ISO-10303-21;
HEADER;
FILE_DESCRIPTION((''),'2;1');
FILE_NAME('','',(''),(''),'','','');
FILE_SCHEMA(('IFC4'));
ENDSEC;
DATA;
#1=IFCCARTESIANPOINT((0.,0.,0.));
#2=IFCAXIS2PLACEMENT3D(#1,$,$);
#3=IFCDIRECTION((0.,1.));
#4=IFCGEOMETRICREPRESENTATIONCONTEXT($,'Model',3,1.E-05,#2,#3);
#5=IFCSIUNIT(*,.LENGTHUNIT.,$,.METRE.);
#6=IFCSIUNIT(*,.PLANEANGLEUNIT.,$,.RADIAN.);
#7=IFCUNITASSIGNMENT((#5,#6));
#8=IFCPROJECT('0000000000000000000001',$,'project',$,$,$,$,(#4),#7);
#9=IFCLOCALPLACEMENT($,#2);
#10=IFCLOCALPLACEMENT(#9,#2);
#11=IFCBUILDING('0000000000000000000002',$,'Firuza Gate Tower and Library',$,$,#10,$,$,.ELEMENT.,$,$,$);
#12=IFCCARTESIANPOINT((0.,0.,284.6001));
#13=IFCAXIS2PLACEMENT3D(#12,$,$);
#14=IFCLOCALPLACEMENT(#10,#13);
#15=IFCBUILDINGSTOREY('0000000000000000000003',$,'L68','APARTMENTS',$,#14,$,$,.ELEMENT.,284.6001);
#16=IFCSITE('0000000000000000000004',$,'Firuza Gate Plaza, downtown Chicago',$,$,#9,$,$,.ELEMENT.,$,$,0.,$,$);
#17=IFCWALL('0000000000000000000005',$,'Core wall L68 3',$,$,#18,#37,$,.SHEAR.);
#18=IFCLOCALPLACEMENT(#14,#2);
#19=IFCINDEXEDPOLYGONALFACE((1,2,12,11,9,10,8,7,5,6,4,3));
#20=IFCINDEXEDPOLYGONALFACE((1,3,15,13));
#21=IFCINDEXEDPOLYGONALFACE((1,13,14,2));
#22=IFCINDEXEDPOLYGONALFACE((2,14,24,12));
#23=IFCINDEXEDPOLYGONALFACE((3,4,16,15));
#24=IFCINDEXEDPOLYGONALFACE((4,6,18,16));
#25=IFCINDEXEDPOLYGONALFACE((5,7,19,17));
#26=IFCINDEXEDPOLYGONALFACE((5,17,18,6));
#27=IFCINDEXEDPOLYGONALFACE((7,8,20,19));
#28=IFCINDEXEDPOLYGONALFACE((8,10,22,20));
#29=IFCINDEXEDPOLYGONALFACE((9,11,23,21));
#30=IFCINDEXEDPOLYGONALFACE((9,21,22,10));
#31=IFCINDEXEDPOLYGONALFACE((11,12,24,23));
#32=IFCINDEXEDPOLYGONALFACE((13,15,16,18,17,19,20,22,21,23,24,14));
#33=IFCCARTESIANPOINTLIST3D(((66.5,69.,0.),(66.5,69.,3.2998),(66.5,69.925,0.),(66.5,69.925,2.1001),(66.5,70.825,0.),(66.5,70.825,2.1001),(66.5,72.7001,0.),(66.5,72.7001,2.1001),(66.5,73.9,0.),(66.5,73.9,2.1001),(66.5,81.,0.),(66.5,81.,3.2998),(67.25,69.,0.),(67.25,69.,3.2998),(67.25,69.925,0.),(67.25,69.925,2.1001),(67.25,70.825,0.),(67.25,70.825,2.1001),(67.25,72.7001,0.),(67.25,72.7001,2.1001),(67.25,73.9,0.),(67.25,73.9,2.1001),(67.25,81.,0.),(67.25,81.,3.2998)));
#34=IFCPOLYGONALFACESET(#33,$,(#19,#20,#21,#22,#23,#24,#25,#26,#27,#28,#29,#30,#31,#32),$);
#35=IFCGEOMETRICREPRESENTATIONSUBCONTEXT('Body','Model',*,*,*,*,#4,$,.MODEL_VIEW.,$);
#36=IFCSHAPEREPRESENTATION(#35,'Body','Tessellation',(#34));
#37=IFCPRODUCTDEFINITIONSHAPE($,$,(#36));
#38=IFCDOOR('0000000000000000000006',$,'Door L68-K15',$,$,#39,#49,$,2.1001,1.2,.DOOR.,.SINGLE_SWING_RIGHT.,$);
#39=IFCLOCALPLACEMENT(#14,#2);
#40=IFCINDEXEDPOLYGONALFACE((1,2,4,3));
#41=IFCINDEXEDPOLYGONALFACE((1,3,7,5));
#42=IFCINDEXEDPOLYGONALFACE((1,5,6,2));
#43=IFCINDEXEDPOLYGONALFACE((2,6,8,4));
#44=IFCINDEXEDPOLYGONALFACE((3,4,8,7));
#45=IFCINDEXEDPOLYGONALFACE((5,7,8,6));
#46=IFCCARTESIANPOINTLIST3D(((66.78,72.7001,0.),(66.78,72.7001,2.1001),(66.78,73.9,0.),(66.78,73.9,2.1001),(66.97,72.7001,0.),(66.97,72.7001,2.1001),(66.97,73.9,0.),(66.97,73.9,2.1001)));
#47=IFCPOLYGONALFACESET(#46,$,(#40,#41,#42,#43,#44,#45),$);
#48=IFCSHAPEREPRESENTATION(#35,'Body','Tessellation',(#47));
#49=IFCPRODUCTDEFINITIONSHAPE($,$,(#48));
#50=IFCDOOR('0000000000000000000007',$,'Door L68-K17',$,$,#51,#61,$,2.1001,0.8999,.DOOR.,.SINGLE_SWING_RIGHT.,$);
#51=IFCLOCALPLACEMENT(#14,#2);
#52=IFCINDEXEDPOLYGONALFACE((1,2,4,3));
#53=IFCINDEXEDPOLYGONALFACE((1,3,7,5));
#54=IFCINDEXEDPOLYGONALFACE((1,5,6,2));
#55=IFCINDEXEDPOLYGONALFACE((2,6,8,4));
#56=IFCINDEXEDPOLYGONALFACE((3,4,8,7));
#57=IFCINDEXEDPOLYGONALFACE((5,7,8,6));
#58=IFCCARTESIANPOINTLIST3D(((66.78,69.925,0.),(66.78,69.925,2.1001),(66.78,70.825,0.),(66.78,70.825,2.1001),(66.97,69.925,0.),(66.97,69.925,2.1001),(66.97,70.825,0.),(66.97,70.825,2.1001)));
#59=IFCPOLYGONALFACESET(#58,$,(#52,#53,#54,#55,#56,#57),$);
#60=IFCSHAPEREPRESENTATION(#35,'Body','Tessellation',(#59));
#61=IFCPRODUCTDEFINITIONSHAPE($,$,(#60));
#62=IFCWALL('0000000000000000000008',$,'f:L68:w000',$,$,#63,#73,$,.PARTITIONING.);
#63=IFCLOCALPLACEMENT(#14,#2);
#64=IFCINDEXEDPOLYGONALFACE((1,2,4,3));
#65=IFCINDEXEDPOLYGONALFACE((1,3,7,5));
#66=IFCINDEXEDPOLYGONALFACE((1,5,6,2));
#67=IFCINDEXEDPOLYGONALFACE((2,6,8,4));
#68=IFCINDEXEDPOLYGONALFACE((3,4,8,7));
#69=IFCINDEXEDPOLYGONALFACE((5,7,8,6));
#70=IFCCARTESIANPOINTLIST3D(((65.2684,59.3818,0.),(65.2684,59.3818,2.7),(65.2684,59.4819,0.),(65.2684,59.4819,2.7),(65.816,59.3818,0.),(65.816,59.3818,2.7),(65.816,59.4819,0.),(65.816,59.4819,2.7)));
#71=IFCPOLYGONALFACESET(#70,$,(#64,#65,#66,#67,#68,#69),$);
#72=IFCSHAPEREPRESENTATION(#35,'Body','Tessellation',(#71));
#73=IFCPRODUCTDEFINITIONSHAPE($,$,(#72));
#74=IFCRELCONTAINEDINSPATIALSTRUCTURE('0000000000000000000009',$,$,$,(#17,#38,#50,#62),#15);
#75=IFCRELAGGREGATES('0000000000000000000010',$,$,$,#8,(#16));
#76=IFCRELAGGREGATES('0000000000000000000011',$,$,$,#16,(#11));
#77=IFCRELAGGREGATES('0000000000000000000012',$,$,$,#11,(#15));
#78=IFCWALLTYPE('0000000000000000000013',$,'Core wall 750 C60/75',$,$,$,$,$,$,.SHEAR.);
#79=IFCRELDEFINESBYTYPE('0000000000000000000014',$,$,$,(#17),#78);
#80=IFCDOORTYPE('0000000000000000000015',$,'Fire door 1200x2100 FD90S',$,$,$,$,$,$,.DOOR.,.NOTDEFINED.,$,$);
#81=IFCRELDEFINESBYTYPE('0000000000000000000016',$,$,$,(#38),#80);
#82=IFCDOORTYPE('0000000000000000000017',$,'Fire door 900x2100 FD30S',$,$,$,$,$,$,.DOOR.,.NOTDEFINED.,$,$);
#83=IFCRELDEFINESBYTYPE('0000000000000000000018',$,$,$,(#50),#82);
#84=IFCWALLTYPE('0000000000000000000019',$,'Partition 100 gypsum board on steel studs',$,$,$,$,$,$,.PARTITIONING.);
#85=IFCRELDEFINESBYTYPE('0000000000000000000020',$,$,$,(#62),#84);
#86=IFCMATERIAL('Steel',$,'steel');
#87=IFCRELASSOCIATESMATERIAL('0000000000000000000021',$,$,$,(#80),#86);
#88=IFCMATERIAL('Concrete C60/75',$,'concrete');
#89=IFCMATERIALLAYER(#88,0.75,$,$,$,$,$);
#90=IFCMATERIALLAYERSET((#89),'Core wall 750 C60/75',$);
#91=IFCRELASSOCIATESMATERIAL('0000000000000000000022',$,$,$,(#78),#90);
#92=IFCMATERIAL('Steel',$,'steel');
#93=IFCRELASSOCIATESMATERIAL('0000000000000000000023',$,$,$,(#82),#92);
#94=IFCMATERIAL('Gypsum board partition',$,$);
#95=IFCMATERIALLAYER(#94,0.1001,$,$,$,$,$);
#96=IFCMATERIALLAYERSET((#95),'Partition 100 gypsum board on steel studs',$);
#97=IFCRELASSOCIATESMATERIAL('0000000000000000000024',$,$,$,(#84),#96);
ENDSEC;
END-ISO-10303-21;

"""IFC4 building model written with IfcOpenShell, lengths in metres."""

from ifc_helpers import new_model, si_unit, direction, frame, frame_2d, origin, place, context, subcontext, project, spatial, rectangle, extrude, material, layer, layer_set, type_object, element, fill, save


model = new_model("IFC4")

# Units and contexts
model_context = context("Model", 3, precision=1e-05, world=origin(), true_north=direction((0.0, 1.0)))
body_context = subcontext(model_context, "Body", "Model", "MODEL_VIEW")
ifc_project = project(units=[si_unit("LENGTHUNIT", "METRE"), si_unit("PLANEANGLEUNIT", "RADIAN")], contexts=[model_context])

# Site, building, storey
site_placement = place(None, origin())
site = spatial("IfcSite", under=ifc_project, at=site_placement, Name="Firuza Gate Plaza, downtown Chicago", CompositionType="ELEMENT", RefElevation=0.0)
building_placement = place(site_placement, origin())
building = spatial("IfcBuilding", under=site, at=building_placement, Name="Firuza Gate Tower and Library", CompositionType="ELEMENT")
storey_placement = place(building_placement, frame((0.0, 0.0, 284.6001)))
storey = spatial("IfcBuildingStorey", under=building, at=storey_placement, Name="L68", Description="APARTMENTS", CompositionType="ELEMENT", Elevation=284.6001)

# Shared definitions
ifc_material_1 = material(Name="Steel", Category="steel")
door_type_1 = type_object("IfcDoorType", Name="Fire door 1200x2100 FD90S", OperationType="NOTDEFINED", PredefinedType="DOOR", material=ifc_material_1)

# Shared definitions
ifc_material_2 = material(Name="Concrete C60/75", Category="concrete")
ifc_layer_1 = layer(ifc_material_2, 0.75)
ifc_layer_set_1 = layer_set([ifc_layer_1], Name="Core wall 750 C60/75")
wall_type_1 = type_object("IfcWallType", Name="Core wall 750 C60/75", PredefinedType="SHEAR", material=ifc_layer_set_1)
ifc_material_3 = material(Name="Steel", Category="steel")
door_type_2 = type_object("IfcDoorType", Name="Fire door 900x2100 FD30S", OperationType="NOTDEFINED", PredefinedType="DOOR", material=ifc_material_3)

# Wall, openings, doors
wall_1_placement = place(storey_placement, frame((66.875, 69.0, 0.0), z_axis=(0.0, 0.0, 1.0), x_axis=(0.0, 1.0, 0.0)))
wall_1 = element("IfcWall", 1, at=wall_1_placement, inside=storey, type_object=wall_type_1, Name="Core wall L68 3", PredefinedType="SHEAR", context=body_context, shape_type="SweptSolid", body=[
    extrude(rectangle(XDim=12.0, YDim=0.75, at=frame_2d((6.0, 0.0))), origin(), (0.0, 0.0, 1.0), 3.2998),
])
opening_1_placement = place(wall_1_placement, frame((3.7, 0.0, 0.0)))
opening_1 = element("IfcOpeningElement", 2, at=opening_1_placement, cuts=wall_1, PredefinedType="OPENING", context=body_context, shape_type="SweptSolid", body=[
    extrude(rectangle(XDim=1.2, YDim=2.1001, at=frame_2d((0.6001, 1.05))), frame((0.0, 0.385, 0.0), z_axis=(0.0, -1.0, 0.0), x_axis=(1.0, 0.0, 0.0)), (0.0, 0.0, 1.0), 0.77),
])
opening_2_placement = place(wall_1_placement, frame((0.925, 0.0, 0.0)))
opening_2 = element("IfcOpeningElement", 3, at=opening_2_placement, cuts=wall_1, PredefinedType="OPENING", context=body_context, shape_type="SweptSolid", body=[
    extrude(rectangle(XDim=0.8999, YDim=2.1001, at=frame_2d((0.45, 1.05))), frame((0.0, 0.385, 0.0), z_axis=(0.0, -1.0, 0.0), x_axis=(1.0, 0.0, 0.0)), (0.0, 0.0, 1.0), 0.77),
])
door_1_placement = place(opening_1_placement, origin())
door_1 = element("IfcDoor", 4, at=door_1_placement, inside=storey, type_object=door_type_1, Name="Door L68-K15", OperationType="SINGLE_SWING_RIGHT", OverallHeight=2.1001, OverallWidth=1.2, PredefinedType="DOOR", context=body_context, shape_type="SweptSolid", body=[
    extrude(rectangle(XDim=1.2, YDim=2.1001, at=frame_2d((0.6001, 1.05))), frame((0.0, 0.095, 0.0), z_axis=(0.0, -1.0, 0.0), x_axis=(1.0, 0.0, 0.0)), (0.0, 0.0, 1.0), 0.1899),
])
fill(opening_1, door_1)
door_2_placement = place(opening_2_placement, origin())
door_2 = element("IfcDoor", 5, at=door_2_placement, inside=storey, type_object=door_type_2, Name="Door L68-K17", OperationType="SINGLE_SWING_RIGHT", OverallHeight=2.1001, OverallWidth=0.8999, PredefinedType="DOOR", context=body_context, shape_type="SweptSolid", body=[
    extrude(rectangle(XDim=0.8999, YDim=2.1001, at=frame_2d((0.45, 1.05))), frame((0.0, 0.095, 0.0), z_axis=(0.0, -1.0, 0.0), x_axis=(1.0, 0.0, 0.0)), (0.0, 0.0, 1.0), 0.1899),
])
fill(opening_2, door_2)

# Wall
ifc_material_4 = material(Name="Gypsum board partition")
ifc_layer_2 = layer(ifc_material_4, 0.1001)
ifc_layer_set_2 = layer_set([ifc_layer_2], Name="Partition 100 gypsum board on steel studs")
wall_type_2 = type_object("IfcWallType", Name="Partition 100 gypsum board on steel studs", PredefinedType="PARTITIONING", material=ifc_layer_set_2)
wall_2_placement = place(storey_placement, frame((65.2683, 59.4319, 0.0), z_axis=(0.0, 0.0, 1.0), x_axis=(1.0, 0.0, 0.0)))
element("IfcWall", 6, at=wall_2_placement, inside=storey, type_object=wall_type_2, Name="f:L68:w000", PredefinedType="PARTITIONING", context=body_context, shape_type="SweptSolid", body=[
    extrude(rectangle(XDim=0.5476, YDim=0.1001, at=frame_2d((0.2739, 0.0))), origin(), (0.0, 0.0, 1.0), 2.7),
])

save(model, "model.ifc")
